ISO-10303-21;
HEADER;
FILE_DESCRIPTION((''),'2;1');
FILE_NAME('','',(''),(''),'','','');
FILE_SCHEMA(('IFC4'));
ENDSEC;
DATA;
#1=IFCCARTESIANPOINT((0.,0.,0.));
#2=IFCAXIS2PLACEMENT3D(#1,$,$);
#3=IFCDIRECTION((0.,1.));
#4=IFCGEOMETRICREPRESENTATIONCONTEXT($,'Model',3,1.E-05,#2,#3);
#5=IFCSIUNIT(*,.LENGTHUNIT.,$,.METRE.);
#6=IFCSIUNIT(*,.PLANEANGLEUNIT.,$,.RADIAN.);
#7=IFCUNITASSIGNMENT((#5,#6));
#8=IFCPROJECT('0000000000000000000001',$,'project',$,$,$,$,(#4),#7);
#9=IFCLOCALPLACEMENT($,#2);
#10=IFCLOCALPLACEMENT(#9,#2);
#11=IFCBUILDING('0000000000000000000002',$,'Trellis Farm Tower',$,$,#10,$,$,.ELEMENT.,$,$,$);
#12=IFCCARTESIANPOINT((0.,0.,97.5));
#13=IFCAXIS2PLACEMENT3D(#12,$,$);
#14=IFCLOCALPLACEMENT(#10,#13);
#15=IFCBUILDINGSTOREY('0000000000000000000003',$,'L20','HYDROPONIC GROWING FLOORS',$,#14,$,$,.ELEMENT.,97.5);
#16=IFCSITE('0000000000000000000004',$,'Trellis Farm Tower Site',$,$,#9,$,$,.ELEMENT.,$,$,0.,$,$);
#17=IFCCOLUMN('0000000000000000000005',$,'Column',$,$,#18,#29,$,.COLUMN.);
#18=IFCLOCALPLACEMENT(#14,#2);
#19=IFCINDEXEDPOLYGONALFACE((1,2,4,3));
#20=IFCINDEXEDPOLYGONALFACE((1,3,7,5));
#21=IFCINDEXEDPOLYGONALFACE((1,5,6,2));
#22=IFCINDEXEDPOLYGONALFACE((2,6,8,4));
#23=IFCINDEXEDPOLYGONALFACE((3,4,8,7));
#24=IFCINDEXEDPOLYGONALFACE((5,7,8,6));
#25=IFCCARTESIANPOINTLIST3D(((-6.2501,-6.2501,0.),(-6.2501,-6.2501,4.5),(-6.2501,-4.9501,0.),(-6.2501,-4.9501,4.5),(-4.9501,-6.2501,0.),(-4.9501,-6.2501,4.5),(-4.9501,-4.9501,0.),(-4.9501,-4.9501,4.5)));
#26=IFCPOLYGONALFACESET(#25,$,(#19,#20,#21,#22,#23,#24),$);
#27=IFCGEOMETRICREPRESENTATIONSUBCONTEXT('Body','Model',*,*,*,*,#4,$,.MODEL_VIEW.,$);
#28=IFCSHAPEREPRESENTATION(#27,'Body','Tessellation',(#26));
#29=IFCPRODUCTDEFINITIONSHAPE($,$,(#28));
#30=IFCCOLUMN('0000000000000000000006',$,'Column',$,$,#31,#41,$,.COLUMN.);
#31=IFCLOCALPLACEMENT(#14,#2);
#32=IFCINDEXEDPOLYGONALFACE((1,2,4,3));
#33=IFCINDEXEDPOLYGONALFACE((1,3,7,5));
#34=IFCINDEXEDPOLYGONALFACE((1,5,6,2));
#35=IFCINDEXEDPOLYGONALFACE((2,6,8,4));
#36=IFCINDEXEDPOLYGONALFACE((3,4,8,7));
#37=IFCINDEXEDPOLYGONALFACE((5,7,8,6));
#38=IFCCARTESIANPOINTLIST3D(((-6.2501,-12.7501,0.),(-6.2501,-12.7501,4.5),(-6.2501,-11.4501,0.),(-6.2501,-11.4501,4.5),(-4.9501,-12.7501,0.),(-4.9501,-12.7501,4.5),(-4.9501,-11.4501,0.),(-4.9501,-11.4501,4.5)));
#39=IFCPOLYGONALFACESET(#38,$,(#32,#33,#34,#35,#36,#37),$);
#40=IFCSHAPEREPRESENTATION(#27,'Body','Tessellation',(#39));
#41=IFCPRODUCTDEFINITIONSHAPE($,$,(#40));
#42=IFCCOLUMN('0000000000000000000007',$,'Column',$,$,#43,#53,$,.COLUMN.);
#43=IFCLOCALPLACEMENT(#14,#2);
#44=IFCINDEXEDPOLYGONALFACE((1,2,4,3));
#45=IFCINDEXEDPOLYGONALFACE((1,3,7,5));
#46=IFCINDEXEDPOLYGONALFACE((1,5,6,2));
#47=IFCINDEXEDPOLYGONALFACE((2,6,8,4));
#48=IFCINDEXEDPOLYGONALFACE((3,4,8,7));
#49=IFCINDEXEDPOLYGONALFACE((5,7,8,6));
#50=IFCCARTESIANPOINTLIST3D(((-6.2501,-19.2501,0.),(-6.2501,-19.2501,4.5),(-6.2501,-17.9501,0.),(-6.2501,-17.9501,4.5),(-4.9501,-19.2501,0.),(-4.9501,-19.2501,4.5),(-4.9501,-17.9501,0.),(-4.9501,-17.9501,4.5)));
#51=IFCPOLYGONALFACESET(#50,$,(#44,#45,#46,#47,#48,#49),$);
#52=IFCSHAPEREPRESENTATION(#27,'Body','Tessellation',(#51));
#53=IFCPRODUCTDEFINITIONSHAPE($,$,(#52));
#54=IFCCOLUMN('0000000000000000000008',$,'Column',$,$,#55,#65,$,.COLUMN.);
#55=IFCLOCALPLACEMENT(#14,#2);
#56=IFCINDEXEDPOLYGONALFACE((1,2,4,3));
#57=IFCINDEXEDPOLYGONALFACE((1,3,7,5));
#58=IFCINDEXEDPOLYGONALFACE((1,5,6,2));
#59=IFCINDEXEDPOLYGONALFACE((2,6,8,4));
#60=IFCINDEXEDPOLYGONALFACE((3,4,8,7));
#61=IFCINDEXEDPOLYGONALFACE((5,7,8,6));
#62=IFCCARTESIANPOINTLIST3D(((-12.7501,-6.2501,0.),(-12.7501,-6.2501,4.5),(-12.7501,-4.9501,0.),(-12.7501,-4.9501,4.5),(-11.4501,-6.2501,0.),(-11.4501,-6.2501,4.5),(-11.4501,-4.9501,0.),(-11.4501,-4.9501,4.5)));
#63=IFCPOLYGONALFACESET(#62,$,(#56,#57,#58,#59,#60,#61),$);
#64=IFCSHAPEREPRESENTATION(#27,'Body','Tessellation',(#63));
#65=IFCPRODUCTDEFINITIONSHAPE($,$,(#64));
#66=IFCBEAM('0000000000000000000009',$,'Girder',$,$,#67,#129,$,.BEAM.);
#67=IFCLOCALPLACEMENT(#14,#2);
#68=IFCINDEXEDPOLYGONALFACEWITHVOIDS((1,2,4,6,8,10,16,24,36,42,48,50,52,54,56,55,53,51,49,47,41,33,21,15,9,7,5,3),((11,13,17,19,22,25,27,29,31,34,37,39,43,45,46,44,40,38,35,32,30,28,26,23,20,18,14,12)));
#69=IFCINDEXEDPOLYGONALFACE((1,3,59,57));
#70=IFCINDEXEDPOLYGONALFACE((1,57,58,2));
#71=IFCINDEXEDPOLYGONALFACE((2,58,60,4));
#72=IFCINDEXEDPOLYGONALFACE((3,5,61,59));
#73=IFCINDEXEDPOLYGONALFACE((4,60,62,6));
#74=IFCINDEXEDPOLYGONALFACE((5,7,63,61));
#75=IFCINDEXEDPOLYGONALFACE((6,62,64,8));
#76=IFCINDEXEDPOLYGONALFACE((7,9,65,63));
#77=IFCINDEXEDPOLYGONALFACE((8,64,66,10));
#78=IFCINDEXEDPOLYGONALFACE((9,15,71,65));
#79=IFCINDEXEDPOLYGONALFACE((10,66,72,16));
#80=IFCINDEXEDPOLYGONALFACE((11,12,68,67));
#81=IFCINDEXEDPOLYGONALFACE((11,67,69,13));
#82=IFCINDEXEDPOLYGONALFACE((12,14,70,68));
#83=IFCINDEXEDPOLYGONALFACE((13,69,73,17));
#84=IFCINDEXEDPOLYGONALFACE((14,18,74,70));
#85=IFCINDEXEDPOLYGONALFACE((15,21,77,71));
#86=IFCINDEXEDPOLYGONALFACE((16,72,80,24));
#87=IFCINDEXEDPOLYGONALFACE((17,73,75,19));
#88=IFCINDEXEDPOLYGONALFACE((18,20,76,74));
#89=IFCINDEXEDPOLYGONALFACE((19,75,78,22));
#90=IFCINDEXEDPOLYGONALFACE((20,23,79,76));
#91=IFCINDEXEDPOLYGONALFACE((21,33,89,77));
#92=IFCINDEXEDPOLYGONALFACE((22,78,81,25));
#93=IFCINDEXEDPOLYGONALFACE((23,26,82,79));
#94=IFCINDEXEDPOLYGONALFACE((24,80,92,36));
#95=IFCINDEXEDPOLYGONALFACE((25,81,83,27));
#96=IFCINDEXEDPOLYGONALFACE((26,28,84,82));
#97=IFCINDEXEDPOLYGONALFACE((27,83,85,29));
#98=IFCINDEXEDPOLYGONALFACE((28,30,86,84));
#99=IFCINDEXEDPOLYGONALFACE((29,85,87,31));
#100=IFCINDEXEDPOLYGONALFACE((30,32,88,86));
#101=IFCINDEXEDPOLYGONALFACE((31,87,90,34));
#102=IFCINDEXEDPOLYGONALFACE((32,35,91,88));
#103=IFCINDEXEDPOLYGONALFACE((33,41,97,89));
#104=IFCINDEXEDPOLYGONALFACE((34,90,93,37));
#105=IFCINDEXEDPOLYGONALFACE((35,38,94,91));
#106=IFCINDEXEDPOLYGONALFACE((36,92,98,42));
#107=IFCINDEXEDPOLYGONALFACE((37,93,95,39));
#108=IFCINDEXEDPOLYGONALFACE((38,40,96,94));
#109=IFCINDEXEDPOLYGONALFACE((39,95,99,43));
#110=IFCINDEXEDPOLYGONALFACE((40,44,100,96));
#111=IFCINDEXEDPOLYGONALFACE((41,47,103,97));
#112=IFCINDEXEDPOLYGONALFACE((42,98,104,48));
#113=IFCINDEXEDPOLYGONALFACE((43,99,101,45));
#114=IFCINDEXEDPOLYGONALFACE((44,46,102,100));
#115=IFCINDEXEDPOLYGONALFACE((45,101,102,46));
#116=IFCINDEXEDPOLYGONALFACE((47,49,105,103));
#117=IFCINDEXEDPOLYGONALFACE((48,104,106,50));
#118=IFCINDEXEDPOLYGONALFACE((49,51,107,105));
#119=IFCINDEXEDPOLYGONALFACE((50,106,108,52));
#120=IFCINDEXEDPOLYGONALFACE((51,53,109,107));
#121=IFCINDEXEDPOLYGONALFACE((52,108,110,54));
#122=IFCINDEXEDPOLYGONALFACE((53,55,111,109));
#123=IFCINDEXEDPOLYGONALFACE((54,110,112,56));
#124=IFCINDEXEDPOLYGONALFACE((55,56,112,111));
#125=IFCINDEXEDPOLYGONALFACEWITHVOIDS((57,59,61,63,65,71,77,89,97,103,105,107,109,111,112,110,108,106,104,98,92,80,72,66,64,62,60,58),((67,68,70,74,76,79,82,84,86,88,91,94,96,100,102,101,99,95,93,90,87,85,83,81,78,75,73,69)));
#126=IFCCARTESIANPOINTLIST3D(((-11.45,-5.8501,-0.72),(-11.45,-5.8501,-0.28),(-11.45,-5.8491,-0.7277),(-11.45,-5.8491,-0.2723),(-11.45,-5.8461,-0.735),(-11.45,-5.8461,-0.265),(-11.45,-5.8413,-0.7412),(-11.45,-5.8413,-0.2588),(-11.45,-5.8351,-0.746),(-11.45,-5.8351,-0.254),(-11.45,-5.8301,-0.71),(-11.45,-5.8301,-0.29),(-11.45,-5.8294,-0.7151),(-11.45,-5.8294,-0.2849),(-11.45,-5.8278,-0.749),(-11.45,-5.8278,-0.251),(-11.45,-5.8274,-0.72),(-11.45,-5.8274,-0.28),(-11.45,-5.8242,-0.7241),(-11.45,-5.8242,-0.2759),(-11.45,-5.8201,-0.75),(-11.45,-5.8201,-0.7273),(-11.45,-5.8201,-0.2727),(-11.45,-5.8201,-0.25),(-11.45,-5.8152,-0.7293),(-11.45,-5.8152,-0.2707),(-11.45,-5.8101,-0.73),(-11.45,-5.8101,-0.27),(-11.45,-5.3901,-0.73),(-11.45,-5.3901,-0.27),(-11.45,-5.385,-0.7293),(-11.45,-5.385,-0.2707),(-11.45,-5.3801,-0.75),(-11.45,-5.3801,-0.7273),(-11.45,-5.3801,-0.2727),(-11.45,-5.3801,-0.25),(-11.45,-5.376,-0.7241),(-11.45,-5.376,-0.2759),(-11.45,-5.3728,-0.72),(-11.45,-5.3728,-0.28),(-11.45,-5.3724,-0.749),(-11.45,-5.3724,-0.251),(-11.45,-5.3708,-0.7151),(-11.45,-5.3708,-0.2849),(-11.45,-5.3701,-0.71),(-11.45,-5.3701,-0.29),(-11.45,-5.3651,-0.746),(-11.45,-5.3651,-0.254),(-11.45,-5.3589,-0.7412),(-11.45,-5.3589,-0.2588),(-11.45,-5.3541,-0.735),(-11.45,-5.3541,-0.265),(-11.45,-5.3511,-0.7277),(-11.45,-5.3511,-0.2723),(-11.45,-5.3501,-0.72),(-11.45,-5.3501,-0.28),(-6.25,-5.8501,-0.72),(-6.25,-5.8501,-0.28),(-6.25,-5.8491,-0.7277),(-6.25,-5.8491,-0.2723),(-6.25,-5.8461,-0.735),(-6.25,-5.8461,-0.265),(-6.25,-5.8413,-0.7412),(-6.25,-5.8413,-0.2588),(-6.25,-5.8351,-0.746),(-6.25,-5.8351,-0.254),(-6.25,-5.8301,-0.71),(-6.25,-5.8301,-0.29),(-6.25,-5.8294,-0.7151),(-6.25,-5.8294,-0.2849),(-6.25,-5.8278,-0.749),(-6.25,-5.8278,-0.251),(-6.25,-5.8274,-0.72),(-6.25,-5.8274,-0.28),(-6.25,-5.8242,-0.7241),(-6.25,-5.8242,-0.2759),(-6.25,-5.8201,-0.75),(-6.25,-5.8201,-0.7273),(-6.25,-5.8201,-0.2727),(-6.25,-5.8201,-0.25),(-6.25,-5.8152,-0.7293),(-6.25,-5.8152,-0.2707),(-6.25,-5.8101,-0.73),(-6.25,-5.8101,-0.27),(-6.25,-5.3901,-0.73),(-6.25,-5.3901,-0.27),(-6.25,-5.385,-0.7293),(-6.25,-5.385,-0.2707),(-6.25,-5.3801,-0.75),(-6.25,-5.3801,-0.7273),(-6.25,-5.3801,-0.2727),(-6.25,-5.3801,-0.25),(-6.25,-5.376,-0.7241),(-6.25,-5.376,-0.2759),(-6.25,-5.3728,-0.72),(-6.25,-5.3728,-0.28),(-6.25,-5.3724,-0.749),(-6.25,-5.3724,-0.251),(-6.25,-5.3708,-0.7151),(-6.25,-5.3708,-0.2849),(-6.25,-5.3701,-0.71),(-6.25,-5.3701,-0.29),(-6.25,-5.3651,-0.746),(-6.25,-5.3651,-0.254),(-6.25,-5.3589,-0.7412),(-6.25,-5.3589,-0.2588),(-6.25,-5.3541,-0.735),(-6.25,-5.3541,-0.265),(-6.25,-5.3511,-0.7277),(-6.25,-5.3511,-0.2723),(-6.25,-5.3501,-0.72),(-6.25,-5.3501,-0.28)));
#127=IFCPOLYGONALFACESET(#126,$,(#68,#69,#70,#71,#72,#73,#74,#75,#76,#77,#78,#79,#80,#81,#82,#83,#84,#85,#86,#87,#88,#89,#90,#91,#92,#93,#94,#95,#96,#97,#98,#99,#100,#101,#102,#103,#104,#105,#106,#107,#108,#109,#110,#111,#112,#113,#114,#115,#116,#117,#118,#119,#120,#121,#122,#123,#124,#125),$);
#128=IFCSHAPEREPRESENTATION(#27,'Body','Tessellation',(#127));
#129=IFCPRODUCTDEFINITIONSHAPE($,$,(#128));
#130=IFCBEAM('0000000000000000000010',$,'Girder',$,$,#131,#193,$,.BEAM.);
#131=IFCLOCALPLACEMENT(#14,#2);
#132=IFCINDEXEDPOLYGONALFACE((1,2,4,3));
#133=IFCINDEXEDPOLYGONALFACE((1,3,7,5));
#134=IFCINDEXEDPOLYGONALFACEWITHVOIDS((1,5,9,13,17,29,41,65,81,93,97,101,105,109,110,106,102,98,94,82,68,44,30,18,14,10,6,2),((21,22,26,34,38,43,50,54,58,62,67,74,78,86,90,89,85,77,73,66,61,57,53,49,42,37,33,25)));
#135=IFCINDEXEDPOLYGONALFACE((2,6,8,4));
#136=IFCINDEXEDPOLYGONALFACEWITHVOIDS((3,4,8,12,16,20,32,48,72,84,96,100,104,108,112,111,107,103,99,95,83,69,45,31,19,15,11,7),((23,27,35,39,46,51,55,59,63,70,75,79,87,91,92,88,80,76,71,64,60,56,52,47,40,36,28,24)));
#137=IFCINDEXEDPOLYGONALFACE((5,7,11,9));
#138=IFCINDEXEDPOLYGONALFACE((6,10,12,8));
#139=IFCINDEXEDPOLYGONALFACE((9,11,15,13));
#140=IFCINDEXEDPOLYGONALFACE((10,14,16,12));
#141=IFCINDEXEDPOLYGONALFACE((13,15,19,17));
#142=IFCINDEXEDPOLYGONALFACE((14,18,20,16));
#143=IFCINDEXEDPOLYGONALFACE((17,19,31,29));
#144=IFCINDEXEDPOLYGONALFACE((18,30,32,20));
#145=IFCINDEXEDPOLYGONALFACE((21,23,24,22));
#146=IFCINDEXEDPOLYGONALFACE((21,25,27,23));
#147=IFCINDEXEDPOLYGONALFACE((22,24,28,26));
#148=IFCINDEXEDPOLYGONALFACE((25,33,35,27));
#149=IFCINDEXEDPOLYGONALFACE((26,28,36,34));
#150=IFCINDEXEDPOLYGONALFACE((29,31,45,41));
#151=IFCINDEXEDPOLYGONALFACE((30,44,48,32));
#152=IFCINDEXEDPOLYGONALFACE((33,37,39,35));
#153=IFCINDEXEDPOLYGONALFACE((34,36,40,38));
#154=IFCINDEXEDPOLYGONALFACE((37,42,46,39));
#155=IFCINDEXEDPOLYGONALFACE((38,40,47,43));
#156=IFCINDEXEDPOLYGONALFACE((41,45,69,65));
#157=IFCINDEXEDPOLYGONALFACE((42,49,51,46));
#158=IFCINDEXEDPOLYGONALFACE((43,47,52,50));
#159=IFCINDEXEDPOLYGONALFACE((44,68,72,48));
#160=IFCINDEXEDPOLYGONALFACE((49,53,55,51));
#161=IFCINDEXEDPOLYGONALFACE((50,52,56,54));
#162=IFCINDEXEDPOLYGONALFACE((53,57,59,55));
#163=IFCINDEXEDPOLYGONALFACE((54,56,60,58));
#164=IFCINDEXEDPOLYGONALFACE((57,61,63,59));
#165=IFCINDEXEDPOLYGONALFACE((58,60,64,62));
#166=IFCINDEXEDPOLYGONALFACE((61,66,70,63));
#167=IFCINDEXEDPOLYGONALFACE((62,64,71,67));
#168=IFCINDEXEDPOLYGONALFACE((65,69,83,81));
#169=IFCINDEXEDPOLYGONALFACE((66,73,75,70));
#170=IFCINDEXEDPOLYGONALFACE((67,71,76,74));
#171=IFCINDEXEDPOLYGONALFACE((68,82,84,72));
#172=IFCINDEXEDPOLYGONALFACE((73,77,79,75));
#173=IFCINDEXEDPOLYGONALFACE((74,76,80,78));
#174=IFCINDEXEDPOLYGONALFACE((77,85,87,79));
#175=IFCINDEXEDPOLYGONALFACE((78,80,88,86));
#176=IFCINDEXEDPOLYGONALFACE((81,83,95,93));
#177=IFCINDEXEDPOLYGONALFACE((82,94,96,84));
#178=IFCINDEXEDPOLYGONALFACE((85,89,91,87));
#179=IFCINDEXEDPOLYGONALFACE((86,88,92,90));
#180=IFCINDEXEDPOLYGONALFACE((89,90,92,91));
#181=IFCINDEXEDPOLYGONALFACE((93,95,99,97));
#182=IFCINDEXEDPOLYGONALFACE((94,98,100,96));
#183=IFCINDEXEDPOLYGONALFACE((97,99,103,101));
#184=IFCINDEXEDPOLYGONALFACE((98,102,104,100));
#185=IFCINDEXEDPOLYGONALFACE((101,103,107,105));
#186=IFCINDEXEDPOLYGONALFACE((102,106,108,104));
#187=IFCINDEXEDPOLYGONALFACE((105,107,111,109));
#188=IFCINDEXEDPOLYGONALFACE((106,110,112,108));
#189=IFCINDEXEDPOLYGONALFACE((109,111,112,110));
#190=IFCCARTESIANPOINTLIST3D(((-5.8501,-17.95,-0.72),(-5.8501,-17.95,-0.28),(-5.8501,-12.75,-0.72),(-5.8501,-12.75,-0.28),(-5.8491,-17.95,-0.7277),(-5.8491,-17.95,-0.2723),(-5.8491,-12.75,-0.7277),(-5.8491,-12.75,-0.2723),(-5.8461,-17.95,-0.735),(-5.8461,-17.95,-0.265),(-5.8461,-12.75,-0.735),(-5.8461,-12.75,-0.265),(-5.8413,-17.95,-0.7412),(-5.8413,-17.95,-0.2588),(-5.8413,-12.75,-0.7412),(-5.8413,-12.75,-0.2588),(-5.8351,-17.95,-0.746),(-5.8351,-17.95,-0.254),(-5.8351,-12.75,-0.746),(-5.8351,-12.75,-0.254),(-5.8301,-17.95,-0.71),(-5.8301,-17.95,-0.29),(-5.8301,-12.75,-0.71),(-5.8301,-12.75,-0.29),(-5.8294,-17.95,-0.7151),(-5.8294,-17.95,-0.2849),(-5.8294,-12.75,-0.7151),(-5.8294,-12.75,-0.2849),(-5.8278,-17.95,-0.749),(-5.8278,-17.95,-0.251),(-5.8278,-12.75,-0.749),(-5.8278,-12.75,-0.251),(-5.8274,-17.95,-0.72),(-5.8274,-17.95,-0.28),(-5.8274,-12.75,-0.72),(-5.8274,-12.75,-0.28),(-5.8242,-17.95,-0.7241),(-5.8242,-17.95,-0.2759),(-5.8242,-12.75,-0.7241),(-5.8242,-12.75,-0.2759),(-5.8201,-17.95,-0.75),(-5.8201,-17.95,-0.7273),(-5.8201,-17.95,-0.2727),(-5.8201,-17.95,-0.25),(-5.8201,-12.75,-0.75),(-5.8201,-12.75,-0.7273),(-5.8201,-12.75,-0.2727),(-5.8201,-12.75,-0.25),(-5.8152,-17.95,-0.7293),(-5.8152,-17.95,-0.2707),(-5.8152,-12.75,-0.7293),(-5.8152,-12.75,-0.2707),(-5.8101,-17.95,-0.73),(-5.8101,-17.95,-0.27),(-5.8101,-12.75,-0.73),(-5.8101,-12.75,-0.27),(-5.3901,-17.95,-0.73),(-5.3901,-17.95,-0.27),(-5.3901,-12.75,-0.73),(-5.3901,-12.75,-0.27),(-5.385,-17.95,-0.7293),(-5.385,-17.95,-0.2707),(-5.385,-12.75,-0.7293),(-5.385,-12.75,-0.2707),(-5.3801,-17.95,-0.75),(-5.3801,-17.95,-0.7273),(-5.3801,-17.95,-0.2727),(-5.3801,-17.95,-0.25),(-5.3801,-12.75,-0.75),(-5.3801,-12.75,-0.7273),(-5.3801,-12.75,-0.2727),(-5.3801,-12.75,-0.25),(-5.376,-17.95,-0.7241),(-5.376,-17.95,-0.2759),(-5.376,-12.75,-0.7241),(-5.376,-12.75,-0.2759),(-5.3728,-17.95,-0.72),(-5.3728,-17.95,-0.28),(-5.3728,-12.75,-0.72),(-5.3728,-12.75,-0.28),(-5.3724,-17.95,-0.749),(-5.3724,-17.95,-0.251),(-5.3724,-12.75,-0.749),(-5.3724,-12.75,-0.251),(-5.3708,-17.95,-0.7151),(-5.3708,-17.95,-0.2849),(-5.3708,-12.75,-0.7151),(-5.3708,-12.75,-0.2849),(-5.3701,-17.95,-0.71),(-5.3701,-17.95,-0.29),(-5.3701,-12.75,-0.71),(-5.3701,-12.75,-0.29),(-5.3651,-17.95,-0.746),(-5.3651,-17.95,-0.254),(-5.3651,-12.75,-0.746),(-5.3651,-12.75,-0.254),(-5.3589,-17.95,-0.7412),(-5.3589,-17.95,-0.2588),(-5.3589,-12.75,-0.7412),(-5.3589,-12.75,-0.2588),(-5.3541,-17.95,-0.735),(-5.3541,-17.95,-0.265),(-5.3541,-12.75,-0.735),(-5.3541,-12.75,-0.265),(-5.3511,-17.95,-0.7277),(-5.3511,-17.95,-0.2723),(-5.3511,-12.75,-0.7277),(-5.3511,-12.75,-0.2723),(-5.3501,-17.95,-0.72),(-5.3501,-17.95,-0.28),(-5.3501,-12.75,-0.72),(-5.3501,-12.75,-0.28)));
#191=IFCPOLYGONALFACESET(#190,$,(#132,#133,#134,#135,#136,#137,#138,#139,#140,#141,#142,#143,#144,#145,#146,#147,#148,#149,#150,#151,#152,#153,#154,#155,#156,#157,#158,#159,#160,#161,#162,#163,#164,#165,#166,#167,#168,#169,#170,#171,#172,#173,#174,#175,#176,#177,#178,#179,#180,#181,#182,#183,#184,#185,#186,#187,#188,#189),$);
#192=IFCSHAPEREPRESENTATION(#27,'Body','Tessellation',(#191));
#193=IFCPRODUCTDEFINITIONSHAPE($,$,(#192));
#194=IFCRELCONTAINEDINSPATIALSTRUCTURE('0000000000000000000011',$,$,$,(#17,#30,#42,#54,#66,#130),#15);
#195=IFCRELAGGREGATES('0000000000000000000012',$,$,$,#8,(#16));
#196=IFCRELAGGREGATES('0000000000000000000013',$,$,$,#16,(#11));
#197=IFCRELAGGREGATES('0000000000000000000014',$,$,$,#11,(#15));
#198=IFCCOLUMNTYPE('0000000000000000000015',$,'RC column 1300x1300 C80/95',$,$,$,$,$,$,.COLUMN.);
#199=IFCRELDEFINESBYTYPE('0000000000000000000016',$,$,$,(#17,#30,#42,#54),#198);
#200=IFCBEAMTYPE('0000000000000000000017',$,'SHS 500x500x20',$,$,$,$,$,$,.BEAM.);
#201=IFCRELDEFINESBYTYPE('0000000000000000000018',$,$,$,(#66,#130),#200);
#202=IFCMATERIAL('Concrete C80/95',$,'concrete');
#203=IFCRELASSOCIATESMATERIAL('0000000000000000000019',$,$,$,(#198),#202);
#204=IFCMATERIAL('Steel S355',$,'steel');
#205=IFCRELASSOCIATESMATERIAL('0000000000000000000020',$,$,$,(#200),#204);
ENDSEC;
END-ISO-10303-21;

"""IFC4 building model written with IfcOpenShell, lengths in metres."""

from ifc_helpers import new_model, si_unit, direction, frame, origin, origin_2d, place, context, subcontext, project, spatial, rectangle, hollow_rectangle, extrude, source, transform, mapped, material, material_profile, profile_set, type_object, element, save


model = new_model("IFC4")

# Units and contexts
model_context = context("Model", 3, precision=1e-05, world=origin(), true_north=direction((0.0, 1.0)))
body_context = subcontext(model_context, "Body", "Model", "MODEL_VIEW")
ifc_project = project(units=[si_unit("LENGTHUNIT", "METRE"), si_unit("PLANEANGLEUNIT", "RADIAN")], contexts=[model_context])

# Site, building, storey
site_placement = place(None, origin())
site = spatial("IfcSite", under=ifc_project, at=site_placement, Name="Trellis Farm Tower Site", CompositionType="ELEMENT", RefElevation=0.0)
building_placement = place(site_placement, origin())
building = spatial("IfcBuilding", under=site, at=building_placement, Name="Trellis Farm Tower", CompositionType="ELEMENT")
storey_placement = place(building_placement, frame((0.0, 0.0, 97.5)))
storey = spatial("IfcBuildingStorey", under=building, at=storey_placement, Name="L20", Description="HYDROPONIC GROWING FLOORS", CompositionType="ELEMENT", Elevation=97.5)

# Columns
ifc_material_1 = material(Name="Concrete C80/95", Category="concrete")
ifc_material_profile_1 = material_profile(ifc_material_1, rectangle(XDim=1.3, YDim=1.3, at=origin_2d()), Name="RC column 1300x1300 C80/95")
ifc_profile_set_1 = profile_set([ifc_material_profile_1], Name="Concrete C80/95")
column_type = type_object("IfcColumnType", Name="RC column 1300x1300 C80/95", PredefinedType="COLUMN", material=ifc_profile_set_1)
shared_shape_1 = source(origin(), body_context, "Body", "SweptSolid", [
    extrude(rectangle(XDim=1.3, YDim=1.3, at=origin_2d()), origin(), (0.0, 0.0, 1.0), 4.5),
])
for number, where, z_axis, x_axis, name in (
    (1, (-5.6001, -5.6001, 0.0), (0.0, 0.0, 1.0), (1.0, 0.0, 0.0), "Column"),
    (2, (-5.6001, -12.1001, 0.0), (0.0, 0.0, 1.0), (1.0, 0.0, 0.0), "Column"),
    (3, (-5.6001, -18.6001, 0.0), (0.0, 0.0, 1.0), (1.0, 0.0, 0.0), "Column"),
    (4, (-12.1001, -5.6001, 0.0), (0.0, 0.0, 1.0), (1.0, 0.0, 0.0), "Column"),
):
    element("IfcColumn", number, at=place(storey_placement, frame(where, z_axis=z_axis, x_axis=x_axis)), inside=storey, type_object=column_type, Name=name, PredefinedType="COLUMN", context=body_context, shape_type="MappedRepresentation", body=[
        mapped(shared_shape_1, transform((0.0, 0.0, 0.0))),
    ])

# Beams
ifc_material_2 = material(Name="Steel S355", Category="steel")
ifc_material_profile_2 = material_profile(ifc_material_2, hollow_rectangle(XDim=0.5, YDim=0.5, WallThickness=0.02, InnerFilletRadius=0.02, OuterFilletRadius=0.03, at=origin_2d()), Name="SHS 500x500x20")
ifc_profile_set_2 = profile_set([ifc_material_profile_2], Name="Steel S355")
beam_type_1 = type_object("IfcBeamType", Name="SHS 500x500x20", PredefinedType="BEAM", material=ifc_profile_set_2)
shared_shape_2 = source(origin(), body_context, "Body", "SweptSolid", [
    extrude(hollow_rectangle(XDim=0.5, YDim=0.5, WallThickness=0.02, InnerFilletRadius=0.02, OuterFilletRadius=0.03, at=origin_2d()), origin(), (0.0, 0.0, 1.0), 5.2),
])
for number, where, z_axis, x_axis, name in (
    (5, (-11.45, -5.6001, -0.5), (1.0, 0.0, 0.0), (0.0, 1.0, 0.0), "Girder"),
    (6, (-5.6001, -17.95, -0.5), (0.0, 1.0, 0.0), (-1.0, 0.0, 0.0), "Girder"),
):
    element("IfcBeam", number, at=place(storey_placement, frame(where, z_axis=z_axis, x_axis=x_axis)), inside=storey, type_object=beam_type_1, Name=name, PredefinedType="BEAM", context=body_context, shape_type="MappedRepresentation", body=[
        mapped(shared_shape_2, transform((0.0, 0.0, 0.0))),
    ])

save(model, "model.ifc")
